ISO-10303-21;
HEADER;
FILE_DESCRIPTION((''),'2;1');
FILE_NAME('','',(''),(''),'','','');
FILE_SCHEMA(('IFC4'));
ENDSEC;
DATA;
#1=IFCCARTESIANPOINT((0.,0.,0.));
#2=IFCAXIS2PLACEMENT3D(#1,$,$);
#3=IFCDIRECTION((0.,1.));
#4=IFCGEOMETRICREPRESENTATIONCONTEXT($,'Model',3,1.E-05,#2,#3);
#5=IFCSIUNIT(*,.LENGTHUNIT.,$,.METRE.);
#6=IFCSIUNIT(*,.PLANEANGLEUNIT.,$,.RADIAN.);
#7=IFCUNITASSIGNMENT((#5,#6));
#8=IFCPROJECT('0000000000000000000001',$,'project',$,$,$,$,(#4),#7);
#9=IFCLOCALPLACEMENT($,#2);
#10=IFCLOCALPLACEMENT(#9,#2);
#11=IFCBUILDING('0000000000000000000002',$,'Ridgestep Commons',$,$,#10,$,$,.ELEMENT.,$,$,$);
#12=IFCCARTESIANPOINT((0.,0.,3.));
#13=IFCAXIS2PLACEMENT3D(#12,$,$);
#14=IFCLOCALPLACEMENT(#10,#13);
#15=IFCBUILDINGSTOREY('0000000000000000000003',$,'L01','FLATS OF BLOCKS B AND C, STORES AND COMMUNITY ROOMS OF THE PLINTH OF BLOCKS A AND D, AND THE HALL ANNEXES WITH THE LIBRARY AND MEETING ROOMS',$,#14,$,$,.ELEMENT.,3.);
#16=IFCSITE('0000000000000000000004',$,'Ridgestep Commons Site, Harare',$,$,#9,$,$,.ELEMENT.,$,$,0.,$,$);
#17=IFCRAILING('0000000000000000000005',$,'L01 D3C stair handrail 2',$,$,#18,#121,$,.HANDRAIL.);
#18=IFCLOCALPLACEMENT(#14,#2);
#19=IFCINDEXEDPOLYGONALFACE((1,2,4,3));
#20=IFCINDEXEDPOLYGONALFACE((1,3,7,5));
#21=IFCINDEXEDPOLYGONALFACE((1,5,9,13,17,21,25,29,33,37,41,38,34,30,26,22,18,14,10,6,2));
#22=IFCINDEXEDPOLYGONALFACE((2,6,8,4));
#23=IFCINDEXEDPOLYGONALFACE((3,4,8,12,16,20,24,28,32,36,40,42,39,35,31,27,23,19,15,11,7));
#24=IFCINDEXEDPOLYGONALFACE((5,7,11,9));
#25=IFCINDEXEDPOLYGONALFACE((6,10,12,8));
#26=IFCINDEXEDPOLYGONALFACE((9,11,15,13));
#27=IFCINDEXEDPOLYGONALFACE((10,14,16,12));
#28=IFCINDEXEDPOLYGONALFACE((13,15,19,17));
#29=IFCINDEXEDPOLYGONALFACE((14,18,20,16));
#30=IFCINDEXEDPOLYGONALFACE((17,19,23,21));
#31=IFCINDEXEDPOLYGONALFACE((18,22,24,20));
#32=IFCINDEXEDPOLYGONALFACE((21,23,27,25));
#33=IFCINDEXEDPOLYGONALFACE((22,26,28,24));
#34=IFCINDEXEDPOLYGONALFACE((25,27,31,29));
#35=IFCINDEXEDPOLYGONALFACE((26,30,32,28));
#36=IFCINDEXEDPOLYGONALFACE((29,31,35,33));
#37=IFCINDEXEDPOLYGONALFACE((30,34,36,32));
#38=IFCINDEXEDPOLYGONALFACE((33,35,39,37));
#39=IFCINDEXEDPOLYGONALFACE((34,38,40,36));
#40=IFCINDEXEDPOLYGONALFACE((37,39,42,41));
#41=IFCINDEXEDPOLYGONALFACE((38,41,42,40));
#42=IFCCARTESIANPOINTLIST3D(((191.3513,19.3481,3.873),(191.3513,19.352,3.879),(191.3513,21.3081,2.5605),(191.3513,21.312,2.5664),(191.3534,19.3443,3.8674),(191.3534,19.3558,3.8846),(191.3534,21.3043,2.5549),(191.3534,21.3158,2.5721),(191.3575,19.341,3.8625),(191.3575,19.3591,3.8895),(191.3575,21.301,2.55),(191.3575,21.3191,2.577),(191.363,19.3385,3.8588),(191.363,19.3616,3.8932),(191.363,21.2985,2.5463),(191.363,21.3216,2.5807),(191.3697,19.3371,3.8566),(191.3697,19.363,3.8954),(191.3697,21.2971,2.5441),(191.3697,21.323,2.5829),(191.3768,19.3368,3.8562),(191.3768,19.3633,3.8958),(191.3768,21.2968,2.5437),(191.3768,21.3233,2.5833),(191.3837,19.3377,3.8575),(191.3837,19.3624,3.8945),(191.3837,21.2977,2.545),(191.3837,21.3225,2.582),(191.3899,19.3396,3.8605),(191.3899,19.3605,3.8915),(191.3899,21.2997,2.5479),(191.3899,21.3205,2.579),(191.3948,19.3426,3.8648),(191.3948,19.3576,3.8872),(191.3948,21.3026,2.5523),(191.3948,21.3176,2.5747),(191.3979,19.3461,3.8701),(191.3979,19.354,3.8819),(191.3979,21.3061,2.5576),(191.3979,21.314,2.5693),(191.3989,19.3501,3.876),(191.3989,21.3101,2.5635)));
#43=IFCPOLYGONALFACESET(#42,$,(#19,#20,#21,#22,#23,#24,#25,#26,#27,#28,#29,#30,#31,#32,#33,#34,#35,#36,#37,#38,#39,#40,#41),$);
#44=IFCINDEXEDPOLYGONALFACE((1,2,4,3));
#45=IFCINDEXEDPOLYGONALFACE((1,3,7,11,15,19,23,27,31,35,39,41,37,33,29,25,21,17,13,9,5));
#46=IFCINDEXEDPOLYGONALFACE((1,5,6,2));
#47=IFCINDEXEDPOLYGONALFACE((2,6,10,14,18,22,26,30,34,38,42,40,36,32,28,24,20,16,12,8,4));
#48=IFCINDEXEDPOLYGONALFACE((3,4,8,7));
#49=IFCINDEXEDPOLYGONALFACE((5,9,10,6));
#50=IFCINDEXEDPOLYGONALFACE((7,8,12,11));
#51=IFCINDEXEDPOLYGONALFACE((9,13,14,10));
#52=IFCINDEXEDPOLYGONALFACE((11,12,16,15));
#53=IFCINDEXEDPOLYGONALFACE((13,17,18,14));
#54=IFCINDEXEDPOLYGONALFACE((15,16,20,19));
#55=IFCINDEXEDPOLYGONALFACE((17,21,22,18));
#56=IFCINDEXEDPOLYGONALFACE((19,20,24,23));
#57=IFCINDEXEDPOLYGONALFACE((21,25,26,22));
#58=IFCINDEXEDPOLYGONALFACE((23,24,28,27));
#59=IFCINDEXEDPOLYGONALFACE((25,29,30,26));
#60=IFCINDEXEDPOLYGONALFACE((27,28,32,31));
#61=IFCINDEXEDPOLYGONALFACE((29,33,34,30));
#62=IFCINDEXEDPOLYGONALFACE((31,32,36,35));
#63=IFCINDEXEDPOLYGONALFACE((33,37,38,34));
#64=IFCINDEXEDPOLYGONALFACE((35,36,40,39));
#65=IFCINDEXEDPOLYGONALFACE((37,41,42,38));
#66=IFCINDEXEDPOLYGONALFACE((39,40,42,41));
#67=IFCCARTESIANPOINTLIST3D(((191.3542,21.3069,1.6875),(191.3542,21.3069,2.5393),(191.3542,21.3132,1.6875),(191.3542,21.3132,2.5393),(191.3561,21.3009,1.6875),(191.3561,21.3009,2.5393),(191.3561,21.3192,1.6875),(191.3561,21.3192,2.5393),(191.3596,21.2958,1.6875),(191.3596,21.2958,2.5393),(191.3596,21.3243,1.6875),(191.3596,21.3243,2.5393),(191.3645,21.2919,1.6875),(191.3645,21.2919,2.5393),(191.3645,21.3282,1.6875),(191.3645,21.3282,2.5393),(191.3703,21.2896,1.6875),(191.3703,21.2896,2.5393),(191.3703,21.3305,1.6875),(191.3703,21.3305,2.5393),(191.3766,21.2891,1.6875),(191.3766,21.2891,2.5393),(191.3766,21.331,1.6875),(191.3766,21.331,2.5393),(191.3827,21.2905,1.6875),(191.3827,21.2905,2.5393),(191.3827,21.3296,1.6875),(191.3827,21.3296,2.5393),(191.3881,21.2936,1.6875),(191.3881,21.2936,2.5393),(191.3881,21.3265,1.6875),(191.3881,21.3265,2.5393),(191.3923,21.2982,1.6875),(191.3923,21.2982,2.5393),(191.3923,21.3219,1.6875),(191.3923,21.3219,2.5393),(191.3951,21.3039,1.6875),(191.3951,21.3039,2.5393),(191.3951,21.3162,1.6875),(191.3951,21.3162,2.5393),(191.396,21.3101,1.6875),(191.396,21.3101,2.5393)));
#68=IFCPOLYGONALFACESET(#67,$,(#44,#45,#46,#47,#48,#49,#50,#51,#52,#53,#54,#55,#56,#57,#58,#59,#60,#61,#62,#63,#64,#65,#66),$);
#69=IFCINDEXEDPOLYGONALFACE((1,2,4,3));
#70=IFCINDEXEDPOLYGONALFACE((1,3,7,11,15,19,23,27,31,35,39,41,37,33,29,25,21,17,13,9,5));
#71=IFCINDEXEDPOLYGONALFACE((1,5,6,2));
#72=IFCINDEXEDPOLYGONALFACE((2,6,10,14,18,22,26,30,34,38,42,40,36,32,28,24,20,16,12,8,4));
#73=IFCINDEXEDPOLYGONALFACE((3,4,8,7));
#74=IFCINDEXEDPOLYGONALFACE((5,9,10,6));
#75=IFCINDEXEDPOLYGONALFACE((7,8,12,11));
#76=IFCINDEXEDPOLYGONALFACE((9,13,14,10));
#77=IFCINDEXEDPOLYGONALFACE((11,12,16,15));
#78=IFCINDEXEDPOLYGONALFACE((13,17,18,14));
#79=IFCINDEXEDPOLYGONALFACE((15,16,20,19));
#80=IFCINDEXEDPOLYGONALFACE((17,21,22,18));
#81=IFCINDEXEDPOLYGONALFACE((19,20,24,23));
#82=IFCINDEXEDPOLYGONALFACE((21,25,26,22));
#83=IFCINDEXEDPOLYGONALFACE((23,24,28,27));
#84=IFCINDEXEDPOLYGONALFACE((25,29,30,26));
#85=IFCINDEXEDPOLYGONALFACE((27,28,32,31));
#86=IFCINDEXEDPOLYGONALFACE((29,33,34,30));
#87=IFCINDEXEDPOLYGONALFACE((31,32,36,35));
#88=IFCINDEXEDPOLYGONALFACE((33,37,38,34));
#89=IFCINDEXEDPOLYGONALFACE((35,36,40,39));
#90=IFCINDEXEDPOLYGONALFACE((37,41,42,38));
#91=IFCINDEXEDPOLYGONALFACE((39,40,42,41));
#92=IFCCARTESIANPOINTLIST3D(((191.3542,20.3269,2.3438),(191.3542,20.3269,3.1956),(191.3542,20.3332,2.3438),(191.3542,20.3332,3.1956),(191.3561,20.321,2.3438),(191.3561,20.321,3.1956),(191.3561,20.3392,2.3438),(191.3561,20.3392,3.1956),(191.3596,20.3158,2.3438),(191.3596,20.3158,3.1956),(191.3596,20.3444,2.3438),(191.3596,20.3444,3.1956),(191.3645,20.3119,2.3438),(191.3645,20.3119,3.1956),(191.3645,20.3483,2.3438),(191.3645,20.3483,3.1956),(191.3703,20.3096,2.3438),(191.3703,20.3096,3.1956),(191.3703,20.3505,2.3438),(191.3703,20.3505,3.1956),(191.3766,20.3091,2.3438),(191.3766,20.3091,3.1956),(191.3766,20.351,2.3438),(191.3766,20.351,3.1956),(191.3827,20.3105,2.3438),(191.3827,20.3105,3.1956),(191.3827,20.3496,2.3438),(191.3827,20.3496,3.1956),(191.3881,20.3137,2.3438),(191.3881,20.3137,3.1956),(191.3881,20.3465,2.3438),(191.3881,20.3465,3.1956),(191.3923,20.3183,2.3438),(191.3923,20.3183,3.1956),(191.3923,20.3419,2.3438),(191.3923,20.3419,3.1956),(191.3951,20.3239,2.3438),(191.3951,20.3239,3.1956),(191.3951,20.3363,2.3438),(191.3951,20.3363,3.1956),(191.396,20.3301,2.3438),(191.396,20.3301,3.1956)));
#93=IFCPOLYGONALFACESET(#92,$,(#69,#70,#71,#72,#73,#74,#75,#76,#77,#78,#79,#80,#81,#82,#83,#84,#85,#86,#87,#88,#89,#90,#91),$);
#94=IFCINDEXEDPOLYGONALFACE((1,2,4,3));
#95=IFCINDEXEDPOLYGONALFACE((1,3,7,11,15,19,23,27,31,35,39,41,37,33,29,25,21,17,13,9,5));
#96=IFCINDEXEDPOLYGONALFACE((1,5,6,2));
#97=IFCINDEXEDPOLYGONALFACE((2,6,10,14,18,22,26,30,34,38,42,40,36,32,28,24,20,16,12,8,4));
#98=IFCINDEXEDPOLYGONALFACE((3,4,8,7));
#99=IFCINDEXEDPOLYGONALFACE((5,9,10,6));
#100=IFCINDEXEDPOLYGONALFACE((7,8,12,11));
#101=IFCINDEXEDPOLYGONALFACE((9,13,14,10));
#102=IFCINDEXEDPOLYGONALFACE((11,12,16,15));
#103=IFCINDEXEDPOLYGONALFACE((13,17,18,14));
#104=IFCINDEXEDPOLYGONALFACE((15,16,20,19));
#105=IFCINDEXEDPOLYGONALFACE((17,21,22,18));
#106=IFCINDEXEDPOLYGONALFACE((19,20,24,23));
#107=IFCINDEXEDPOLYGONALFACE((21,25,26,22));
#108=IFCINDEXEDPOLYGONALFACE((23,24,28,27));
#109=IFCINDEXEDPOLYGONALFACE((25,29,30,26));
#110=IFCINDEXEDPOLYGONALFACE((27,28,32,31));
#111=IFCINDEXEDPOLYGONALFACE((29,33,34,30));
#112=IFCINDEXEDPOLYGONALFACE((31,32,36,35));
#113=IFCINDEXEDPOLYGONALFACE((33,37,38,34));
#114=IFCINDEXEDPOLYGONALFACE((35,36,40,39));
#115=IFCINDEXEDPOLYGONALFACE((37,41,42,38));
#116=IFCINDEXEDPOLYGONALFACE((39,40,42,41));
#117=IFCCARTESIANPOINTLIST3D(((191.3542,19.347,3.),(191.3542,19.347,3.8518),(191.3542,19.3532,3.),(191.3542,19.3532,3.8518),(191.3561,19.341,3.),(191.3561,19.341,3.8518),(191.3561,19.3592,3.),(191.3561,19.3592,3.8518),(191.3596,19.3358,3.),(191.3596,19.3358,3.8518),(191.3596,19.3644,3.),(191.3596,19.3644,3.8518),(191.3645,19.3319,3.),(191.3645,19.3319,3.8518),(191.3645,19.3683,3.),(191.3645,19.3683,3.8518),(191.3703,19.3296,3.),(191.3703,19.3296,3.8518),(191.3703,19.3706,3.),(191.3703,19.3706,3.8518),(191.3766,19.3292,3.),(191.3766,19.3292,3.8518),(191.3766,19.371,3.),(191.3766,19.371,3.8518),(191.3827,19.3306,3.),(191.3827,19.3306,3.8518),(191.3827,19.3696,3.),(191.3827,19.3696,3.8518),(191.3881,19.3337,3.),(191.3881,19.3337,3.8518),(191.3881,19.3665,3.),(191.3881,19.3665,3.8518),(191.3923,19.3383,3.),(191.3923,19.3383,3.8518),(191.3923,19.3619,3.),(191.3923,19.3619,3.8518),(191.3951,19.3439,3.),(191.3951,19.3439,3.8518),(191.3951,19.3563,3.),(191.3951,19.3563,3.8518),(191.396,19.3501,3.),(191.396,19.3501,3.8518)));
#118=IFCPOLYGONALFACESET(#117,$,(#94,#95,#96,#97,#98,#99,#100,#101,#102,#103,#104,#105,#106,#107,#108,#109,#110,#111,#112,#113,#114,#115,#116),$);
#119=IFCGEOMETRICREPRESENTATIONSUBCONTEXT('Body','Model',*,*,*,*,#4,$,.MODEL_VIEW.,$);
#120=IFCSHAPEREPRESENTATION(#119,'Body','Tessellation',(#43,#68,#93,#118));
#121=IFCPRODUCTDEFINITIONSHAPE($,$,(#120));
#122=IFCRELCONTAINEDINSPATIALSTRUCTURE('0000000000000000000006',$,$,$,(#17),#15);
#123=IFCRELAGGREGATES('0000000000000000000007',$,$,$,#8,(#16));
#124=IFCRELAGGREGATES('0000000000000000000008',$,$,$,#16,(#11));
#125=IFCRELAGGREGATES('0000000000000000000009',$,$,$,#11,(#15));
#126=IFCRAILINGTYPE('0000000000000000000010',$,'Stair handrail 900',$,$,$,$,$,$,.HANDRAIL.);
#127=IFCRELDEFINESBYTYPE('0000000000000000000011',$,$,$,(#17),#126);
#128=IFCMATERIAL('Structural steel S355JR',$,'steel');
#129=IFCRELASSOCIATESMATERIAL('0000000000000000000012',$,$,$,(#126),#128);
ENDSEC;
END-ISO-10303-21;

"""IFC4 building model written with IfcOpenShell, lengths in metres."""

from ifc_helpers import new_model, si_unit, direction, frame, origin, origin_2d, place, context, subcontext, project, spatial, circle, extrude, material, type_object, element, save


model = new_model("IFC4")

# Units and contexts
model_context = context("Model", 3, precision=1e-05, world=origin(), true_north=direction((0.0, 1.0)))
body_context = subcontext(model_context, "Body", "Model", "MODEL_VIEW")
ifc_project = project(units=[si_unit("LENGTHUNIT", "METRE"), si_unit("PLANEANGLEUNIT", "RADIAN")], contexts=[model_context])

# Site, building, storey
site_placement = place(None, origin())
site = spatial("IfcSite", under=ifc_project, at=site_placement, Name="Ridgestep Commons Site, Harare", CompositionType="ELEMENT", RefElevation=0.0)
building_placement = place(site_placement, origin())
building = spatial("IfcBuilding", under=site, at=building_placement, Name="Ridgestep Commons", CompositionType="ELEMENT")
storey_placement = place(building_placement, frame((0.0, 0.0, 3.0)))
storey = spatial("IfcBuildingStorey", under=building, at=storey_placement, Name="L01", Description="FLATS OF BLOCKS B AND C, STORES AND COMMUNITY ROOMS OF THE PLINTH OF BLOCKS A AND D, AND THE HALL ANNEXES WITH THE LIBRARY AND MEETING ROOMS", CompositionType="ELEMENT", Elevation=3.0)

# Railing
ifc_material_1 = material(Name="Structural steel S355JR", Category="steel")
railing_type_1 = type_object("IfcRailingType", Name="Stair handrail 900", PredefinedType="HANDRAIL", material=ifc_material_1)
railing_1_placement = place(storey_placement, frame((191.375, 21.3101, 1.6875)))
element("IfcRailing", 1, at=railing_1_placement, inside=storey, type_object=railing_type_1, Name="L01 D3C stair handrail 2", PredefinedType="HANDRAIL", context=body_context, shape_type="SweptSolid", body=[
    extrude(circle(Radius=0.0239, at=origin_2d()), frame((0.0, 0.0, 0.876), z_axis=(0.0, -0.830902, 0.556419), x_axis=(1.0, 0.0, 0.0)), (0.0, 0.0, 1.0), 2.3589),
    extrude(circle(Radius=0.021, at=origin_2d()), origin(), (0.0, 0.0, 1.0), 0.8518),
    extrude(circle(Radius=0.021, at=origin_2d()), frame((0.0, -0.98, 0.6562)), (0.0, 0.0, 1.0), 0.8518),
    extrude(circle(Radius=0.021, at=origin_2d()), frame((0.0, -1.96, 1.3125)), (0.0, 0.0, 1.0), 0.8518),
])

save(model, "model.ifc")
